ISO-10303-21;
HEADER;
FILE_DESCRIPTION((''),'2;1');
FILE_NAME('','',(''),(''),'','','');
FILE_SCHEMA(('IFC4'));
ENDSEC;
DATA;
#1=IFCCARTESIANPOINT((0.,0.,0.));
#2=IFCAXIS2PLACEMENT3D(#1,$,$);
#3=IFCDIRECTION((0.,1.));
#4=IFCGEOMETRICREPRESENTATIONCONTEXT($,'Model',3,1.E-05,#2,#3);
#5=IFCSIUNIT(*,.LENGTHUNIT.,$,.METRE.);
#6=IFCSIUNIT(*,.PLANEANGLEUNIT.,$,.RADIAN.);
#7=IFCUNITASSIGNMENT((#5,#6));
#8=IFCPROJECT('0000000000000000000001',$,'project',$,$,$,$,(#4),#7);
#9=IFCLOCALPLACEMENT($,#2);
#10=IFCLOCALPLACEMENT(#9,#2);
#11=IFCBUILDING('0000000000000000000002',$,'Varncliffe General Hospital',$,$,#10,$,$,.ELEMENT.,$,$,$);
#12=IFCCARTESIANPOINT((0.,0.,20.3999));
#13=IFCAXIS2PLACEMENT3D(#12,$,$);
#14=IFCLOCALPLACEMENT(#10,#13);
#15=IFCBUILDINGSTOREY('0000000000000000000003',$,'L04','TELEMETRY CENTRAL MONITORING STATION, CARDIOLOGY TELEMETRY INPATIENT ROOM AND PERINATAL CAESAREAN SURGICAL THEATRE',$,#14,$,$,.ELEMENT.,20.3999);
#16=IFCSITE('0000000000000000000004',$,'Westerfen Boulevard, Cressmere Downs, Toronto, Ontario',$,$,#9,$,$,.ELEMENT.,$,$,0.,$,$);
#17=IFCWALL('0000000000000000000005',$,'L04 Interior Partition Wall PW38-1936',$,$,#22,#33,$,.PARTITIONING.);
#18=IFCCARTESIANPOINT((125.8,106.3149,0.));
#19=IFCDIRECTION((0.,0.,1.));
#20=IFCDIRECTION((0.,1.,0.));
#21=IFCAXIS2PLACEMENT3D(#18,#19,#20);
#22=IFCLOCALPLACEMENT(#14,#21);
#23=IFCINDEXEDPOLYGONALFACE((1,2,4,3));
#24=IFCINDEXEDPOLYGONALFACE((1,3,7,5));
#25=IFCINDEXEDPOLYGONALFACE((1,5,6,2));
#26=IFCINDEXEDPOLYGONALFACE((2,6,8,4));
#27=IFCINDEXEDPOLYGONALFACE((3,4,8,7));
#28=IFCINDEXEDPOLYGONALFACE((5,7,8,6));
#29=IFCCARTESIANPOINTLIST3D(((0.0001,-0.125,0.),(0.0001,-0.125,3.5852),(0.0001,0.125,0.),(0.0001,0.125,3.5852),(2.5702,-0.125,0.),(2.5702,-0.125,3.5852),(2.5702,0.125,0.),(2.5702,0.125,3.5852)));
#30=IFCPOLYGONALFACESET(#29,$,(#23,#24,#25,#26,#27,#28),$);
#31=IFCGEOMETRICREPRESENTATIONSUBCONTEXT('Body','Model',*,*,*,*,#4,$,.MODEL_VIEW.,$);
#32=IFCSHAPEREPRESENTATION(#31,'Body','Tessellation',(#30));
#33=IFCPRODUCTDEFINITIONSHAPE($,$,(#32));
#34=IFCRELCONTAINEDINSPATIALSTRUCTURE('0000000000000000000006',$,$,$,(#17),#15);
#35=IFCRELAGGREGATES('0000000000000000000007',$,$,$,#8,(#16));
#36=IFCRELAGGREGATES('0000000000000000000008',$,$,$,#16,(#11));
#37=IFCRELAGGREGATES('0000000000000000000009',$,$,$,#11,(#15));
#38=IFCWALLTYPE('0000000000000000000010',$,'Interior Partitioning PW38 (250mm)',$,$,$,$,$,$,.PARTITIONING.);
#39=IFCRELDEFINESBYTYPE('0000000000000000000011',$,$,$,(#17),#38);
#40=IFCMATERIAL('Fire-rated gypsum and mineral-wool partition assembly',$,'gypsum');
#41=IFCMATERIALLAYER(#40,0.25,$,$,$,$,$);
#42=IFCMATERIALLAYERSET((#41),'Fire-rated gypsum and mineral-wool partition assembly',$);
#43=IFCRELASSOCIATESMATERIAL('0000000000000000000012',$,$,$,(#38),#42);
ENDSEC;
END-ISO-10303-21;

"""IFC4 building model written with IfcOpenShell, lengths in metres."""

from ifc_helpers import new_model, si_unit, direction, frame, frame_2d, origin, place, context, subcontext, project, spatial, rectangle, extrude, material, layer, layer_set, type_object, element, save


model = new_model("IFC4")

# Units and contexts
model_context = context("Model", 3, precision=1e-05, world=origin(), true_north=direction((0.0, 1.0)))
body_context = subcontext(model_context, "Body", "Model", "MODEL_VIEW")
ifc_project = project(units=[si_unit("LENGTHUNIT", "METRE"), si_unit("PLANEANGLEUNIT", "RADIAN")], contexts=[model_context])

# Site, building, storey
site_placement = place(None, origin())
site = spatial("IfcSite", under=ifc_project, at=site_placement, Name="Westerfen Boulevard, Cressmere Downs, Toronto, Ontario", CompositionType="ELEMENT", RefElevation=0.0)
building_placement = place(site_placement, origin())
building = spatial("IfcBuilding", under=site, at=building_placement, Name="Varncliffe General Hospital", CompositionType="ELEMENT")
storey_placement = place(building_placement, frame((0.0, 0.0, 20.3999)))
storey = spatial("IfcBuildingStorey", under=building, at=storey_placement, Name="L04", Description="TELEMETRY CENTRAL MONITORING STATION, CARDIOLOGY TELEMETRY INPATIENT ROOM AND PERINATAL CAESAREAN SURGICAL THEATRE", CompositionType="ELEMENT", Elevation=20.3999)

# Wall
ifc_material_1 = material(Name="Fire-rated gypsum and mineral-wool partition assembly", Category="gypsum")
ifc_layer_1 = layer(ifc_material_1, 0.25)
ifc_layer_set_1 = layer_set([ifc_layer_1], Name="Fire-rated gypsum and mineral-wool partition assembly")
wall_type_1 = type_object("IfcWallType", Name="Interior Partitioning PW38 (250mm)", PredefinedType="PARTITIONING", material=ifc_layer_set_1)
for number, where, z_axis, x_axis, name in (
    (1, (125.8, 106.3149, 0.0), (0.0, 0.0, 1.0), (0.0, 1.0, 0.0), "L04 Interior Partition Wall PW38-1936"),
):
    element("IfcWall", number, at=place(storey_placement, frame(where, z_axis=z_axis, x_axis=x_axis)), inside=storey, type_object=wall_type_1, Name=name, PredefinedType="PARTITIONING", context=body_context, shape_type="SweptSolid", body=[
        extrude(rectangle(XDim=2.5701, YDim=0.25, at=frame_2d((1.2852, 0.0))), origin(), (0.0, 0.0, 1.0), 3.5852),
    ])

save(model, "model.ifc")
